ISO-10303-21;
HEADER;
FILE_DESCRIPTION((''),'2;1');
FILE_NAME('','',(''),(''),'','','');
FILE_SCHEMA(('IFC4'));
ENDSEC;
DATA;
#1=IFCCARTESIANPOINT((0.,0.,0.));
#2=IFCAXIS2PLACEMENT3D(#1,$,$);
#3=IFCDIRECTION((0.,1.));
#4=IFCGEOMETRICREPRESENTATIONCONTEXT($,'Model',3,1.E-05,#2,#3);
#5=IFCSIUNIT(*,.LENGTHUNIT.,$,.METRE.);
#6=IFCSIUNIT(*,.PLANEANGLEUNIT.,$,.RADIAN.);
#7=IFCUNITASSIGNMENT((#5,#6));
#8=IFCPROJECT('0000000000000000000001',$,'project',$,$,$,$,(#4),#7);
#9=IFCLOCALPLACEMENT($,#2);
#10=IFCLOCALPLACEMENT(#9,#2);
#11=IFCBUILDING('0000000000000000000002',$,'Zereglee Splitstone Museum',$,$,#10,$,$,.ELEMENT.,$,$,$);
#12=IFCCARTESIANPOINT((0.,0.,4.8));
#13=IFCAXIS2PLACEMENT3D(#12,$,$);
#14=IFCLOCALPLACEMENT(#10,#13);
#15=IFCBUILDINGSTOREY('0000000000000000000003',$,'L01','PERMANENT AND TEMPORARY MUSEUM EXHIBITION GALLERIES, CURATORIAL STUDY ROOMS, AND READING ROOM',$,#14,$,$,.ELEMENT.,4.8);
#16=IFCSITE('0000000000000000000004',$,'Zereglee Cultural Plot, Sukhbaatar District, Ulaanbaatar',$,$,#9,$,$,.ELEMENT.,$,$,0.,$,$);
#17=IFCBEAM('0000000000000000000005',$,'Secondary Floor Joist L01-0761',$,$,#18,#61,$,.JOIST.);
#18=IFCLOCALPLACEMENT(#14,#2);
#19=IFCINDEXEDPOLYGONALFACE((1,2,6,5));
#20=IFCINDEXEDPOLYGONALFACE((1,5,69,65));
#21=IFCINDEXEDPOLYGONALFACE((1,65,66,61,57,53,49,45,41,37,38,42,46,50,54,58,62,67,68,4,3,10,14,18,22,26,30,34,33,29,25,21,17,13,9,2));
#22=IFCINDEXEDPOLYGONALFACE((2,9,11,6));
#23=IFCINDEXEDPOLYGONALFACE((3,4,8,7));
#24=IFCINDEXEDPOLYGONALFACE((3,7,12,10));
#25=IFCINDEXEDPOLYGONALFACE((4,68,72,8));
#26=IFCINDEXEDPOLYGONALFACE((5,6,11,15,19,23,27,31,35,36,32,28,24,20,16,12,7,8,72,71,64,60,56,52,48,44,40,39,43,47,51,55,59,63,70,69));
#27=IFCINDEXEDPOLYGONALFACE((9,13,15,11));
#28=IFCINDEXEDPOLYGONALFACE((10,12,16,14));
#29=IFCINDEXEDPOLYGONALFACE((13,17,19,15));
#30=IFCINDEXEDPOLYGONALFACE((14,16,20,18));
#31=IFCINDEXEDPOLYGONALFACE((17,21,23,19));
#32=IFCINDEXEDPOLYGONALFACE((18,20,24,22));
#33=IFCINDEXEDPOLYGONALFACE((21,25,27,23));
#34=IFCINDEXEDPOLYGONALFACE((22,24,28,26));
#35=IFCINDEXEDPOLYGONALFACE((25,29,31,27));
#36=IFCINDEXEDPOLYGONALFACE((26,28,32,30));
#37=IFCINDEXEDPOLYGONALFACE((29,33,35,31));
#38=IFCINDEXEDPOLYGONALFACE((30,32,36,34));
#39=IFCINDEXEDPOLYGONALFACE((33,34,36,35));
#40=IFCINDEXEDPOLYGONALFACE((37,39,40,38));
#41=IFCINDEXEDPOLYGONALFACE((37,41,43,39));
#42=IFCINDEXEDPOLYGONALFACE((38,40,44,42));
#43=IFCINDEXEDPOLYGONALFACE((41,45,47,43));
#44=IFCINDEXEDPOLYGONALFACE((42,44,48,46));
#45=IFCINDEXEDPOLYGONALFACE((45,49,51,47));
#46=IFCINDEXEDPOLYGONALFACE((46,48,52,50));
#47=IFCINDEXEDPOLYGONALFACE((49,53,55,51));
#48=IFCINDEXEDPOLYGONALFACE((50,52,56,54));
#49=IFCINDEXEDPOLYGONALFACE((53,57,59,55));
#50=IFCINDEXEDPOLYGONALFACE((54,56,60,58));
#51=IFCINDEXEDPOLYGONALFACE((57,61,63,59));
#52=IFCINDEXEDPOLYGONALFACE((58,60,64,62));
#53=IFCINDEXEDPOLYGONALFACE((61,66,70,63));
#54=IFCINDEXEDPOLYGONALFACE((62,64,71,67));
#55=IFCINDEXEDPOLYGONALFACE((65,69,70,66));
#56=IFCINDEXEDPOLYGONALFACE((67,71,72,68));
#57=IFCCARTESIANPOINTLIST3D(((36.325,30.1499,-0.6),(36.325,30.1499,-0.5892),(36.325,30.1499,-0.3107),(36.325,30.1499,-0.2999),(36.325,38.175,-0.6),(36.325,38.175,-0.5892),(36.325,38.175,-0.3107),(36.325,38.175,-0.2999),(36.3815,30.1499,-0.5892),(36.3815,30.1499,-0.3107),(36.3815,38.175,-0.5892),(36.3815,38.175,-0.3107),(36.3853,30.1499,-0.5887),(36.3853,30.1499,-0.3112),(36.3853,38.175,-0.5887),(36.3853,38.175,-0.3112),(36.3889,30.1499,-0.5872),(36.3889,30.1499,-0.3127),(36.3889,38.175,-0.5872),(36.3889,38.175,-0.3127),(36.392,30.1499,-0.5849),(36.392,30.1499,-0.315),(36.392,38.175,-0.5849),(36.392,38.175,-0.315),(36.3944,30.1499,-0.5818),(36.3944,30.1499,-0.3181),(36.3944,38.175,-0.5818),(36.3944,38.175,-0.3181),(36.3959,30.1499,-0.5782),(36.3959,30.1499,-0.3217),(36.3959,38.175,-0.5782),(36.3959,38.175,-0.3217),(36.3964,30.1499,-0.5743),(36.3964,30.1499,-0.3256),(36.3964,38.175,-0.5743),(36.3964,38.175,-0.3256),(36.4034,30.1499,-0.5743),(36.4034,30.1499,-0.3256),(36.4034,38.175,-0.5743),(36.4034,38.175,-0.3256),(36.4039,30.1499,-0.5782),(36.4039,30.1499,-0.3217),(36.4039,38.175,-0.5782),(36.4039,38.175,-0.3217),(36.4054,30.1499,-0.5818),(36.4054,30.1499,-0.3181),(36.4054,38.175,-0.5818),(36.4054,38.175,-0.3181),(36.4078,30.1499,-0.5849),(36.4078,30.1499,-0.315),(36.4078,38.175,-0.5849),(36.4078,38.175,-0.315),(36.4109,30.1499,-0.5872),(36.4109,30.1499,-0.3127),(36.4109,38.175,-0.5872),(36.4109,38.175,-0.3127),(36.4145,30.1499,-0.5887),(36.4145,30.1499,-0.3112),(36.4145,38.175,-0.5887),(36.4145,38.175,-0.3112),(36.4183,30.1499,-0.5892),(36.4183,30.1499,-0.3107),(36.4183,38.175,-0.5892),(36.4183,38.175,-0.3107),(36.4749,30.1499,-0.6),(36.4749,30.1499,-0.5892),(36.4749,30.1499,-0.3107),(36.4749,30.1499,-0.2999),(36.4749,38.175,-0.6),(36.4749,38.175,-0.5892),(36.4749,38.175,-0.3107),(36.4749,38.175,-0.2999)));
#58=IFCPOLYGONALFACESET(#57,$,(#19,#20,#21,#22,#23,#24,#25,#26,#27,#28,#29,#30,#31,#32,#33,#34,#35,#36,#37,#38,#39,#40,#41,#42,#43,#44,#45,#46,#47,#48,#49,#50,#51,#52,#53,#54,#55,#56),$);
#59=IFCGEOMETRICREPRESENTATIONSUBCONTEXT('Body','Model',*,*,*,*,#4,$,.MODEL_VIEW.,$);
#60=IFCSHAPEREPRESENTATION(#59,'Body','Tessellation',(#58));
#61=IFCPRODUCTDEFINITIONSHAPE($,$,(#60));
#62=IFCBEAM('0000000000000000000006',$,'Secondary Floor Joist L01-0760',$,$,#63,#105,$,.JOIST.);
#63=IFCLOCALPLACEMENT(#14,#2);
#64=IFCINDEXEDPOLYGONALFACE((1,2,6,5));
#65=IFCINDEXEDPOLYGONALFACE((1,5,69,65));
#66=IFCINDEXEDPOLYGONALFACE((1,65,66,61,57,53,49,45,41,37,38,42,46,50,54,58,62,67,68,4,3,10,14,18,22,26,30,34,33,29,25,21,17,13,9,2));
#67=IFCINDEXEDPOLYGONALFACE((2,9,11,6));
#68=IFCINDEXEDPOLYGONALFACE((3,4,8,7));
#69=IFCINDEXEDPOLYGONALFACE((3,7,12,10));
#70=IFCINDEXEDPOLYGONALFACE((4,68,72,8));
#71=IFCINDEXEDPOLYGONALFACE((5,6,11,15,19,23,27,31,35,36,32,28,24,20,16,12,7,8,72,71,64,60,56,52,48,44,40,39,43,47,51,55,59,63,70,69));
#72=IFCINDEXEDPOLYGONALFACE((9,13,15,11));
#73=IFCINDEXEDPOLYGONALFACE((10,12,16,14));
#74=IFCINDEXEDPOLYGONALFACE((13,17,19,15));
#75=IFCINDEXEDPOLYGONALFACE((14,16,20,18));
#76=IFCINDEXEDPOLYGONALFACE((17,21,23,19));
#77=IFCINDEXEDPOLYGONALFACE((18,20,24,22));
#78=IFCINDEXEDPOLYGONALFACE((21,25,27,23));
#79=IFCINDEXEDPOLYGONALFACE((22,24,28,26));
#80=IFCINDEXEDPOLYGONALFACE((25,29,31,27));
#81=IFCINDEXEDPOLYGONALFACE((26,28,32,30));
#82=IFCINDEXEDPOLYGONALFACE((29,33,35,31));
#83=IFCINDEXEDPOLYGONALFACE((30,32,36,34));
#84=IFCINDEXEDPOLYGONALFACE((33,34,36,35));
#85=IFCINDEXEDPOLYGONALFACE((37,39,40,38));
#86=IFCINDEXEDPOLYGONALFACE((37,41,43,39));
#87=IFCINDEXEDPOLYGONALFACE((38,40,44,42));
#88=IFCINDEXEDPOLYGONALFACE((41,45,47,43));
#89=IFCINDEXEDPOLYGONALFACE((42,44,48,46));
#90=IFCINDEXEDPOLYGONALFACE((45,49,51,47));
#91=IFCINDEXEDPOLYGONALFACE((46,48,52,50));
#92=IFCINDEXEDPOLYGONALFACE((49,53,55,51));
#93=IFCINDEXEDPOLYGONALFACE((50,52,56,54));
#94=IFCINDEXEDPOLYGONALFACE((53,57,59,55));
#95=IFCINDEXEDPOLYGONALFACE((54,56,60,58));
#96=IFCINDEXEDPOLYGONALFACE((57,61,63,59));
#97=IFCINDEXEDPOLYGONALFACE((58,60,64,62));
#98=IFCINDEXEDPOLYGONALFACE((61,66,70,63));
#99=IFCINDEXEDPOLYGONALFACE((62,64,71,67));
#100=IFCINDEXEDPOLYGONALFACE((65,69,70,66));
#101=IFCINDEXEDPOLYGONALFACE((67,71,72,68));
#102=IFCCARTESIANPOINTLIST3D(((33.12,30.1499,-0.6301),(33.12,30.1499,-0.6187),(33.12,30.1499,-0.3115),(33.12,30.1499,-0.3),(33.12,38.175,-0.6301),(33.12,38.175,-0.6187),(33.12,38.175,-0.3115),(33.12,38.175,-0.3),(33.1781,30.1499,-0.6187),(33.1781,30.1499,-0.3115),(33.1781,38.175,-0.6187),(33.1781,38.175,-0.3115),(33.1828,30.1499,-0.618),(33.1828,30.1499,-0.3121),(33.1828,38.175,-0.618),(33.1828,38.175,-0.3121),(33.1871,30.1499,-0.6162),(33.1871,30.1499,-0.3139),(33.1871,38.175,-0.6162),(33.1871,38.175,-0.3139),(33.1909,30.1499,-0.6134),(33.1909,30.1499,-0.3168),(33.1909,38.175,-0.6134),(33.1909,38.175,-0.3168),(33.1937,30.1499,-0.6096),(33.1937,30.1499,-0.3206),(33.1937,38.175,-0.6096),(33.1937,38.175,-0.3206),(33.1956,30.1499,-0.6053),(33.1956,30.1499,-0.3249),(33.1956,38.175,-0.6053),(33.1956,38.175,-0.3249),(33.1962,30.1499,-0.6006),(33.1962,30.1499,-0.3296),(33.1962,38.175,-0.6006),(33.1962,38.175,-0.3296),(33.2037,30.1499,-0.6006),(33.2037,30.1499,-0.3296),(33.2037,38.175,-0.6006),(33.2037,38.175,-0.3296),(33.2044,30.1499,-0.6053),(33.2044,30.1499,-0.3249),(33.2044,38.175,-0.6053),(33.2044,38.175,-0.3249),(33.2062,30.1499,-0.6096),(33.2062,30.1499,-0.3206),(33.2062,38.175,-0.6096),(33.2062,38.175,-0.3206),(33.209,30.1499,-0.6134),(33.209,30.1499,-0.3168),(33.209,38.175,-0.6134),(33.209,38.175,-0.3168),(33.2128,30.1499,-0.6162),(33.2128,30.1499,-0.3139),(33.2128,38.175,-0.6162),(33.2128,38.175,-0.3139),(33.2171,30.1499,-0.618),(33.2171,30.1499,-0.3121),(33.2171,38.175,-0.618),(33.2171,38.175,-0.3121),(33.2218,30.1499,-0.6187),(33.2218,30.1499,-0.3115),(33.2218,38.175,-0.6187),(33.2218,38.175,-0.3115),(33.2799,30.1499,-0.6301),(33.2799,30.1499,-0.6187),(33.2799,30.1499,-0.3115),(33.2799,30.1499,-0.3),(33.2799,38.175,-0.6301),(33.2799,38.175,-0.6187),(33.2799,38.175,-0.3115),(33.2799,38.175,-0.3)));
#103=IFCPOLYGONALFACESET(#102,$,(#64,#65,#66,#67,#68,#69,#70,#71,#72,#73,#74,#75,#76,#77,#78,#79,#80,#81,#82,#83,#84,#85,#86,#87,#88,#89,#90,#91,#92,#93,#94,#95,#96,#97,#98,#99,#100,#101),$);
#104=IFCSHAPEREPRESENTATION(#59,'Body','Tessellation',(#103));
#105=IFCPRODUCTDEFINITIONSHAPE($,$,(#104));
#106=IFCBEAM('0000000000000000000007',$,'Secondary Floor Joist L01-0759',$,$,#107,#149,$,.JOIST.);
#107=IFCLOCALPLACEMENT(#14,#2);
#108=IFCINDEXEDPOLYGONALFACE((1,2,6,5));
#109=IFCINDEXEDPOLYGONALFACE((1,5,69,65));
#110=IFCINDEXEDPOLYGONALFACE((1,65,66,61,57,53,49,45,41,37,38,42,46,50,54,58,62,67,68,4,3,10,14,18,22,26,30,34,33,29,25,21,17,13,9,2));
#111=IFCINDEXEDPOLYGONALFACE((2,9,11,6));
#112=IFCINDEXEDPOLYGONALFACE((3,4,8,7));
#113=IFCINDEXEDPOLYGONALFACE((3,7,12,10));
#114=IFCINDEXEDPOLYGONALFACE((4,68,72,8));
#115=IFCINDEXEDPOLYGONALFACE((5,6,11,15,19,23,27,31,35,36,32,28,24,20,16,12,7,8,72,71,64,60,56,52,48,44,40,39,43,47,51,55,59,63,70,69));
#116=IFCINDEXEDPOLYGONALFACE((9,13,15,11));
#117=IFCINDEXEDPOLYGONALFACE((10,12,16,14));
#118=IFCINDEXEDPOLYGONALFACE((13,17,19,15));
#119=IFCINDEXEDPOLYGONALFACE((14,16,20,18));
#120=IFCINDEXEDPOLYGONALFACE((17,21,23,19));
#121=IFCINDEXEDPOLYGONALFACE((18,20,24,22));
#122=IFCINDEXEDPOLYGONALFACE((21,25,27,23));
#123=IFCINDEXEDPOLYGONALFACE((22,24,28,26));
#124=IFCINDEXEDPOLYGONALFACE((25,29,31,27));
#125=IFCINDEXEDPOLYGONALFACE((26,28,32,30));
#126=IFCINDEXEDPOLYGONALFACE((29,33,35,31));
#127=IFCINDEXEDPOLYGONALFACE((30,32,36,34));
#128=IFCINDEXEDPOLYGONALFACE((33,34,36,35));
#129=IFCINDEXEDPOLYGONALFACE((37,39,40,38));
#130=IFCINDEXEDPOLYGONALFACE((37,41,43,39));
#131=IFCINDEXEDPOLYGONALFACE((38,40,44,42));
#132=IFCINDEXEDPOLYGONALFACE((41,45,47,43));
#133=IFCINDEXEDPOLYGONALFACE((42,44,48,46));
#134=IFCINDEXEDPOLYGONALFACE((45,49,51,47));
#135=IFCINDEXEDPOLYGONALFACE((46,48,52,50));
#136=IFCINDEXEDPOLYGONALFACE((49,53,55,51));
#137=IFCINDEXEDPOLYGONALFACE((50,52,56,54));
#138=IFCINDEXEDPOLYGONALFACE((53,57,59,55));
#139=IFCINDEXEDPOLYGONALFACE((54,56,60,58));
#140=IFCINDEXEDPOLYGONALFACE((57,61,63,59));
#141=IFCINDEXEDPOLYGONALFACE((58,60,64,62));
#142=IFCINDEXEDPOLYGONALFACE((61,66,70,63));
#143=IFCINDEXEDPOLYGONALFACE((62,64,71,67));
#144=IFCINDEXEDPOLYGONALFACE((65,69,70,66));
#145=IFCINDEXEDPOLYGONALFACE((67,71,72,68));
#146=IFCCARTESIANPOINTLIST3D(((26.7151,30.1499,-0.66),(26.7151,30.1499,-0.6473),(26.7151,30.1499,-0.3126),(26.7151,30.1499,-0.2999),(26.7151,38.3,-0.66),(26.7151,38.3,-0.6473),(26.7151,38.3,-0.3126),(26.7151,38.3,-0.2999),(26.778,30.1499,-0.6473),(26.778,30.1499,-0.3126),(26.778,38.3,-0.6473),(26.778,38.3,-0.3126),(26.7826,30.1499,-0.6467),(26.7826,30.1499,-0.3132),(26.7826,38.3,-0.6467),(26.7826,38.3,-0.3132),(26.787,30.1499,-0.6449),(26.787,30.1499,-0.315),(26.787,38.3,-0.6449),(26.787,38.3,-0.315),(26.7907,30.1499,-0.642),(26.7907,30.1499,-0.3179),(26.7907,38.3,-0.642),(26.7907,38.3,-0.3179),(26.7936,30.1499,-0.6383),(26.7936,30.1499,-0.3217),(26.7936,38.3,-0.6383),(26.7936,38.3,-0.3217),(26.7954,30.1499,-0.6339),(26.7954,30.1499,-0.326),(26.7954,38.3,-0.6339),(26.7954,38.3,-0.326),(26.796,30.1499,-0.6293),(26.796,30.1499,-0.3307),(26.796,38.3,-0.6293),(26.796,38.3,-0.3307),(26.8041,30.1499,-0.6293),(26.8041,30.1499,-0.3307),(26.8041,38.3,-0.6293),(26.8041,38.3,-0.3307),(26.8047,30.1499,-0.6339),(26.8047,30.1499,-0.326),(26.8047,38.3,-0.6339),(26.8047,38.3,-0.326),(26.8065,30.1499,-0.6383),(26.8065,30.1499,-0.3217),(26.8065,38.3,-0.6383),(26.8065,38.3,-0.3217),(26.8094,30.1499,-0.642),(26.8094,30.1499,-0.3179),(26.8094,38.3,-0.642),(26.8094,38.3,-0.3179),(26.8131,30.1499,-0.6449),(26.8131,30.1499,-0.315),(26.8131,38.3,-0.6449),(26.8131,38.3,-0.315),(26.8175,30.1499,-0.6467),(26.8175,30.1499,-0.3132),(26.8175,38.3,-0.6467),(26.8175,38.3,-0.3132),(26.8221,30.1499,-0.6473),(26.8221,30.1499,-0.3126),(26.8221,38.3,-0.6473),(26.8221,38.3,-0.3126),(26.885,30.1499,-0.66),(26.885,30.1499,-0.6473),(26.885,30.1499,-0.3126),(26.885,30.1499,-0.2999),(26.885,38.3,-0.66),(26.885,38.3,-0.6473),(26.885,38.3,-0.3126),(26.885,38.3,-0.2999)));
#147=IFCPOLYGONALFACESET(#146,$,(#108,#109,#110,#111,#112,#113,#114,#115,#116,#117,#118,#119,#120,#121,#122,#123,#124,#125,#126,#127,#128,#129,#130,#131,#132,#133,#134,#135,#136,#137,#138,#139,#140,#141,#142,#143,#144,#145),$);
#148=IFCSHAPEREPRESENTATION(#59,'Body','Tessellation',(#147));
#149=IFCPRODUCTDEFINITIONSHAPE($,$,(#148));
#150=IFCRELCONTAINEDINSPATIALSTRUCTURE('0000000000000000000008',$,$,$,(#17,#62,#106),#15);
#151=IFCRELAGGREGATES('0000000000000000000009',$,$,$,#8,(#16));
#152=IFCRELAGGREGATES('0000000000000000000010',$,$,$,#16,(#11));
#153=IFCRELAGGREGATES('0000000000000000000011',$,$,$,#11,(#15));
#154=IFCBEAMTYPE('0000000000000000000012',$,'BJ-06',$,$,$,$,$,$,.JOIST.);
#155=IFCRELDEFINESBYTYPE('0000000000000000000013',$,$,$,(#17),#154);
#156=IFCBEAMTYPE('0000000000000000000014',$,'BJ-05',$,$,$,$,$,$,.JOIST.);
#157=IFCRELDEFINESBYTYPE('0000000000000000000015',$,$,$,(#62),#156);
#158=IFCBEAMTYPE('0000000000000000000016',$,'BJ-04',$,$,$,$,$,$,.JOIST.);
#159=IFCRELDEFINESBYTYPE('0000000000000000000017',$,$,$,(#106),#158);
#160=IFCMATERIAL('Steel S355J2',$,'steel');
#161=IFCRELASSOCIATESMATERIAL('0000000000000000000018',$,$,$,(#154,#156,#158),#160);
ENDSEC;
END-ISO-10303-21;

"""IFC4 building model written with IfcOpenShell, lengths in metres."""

from ifc_helpers import new_model, si_unit, direction, frame, origin, origin_2d, place, context, subcontext, project, spatial, i_section, extrude, material, material_profile, profile_set, type_object, element, save


model = new_model("IFC4")

# Units and contexts
model_context = context("Model", 3, precision=1e-05, world=origin(), true_north=direction((0.0, 1.0)))
body_context = subcontext(model_context, "Body", "Model", "MODEL_VIEW")
ifc_project = project(units=[si_unit("LENGTHUNIT", "METRE"), si_unit("PLANEANGLEUNIT", "RADIAN")], contexts=[model_context])

# Site, building, storey
site_placement = place(None, origin())
site = spatial("IfcSite", under=ifc_project, at=site_placement, Name="Zereglee Cultural Plot, Sukhbaatar District, Ulaanbaatar", CompositionType="ELEMENT", RefElevation=0.0)
building_placement = place(site_placement, origin())
building = spatial("IfcBuilding", under=site, at=building_placement, Name="Zereglee Splitstone Museum", CompositionType="ELEMENT")
storey_placement = place(building_placement, frame((0.0, 0.0, 4.8)))
storey = spatial("IfcBuildingStorey", under=building, at=storey_placement, Name="L01", Description="PERMANENT AND TEMPORARY MUSEUM EXHIBITION GALLERIES, CURATORIAL STUDY ROOMS, AND READING ROOM", CompositionType="ELEMENT", Elevation=4.8)

# Shared definitions
ifc_material_1 = material(Name="Steel S355J2", Category="steel")

# Beams
ifc_material_profile_1 = material_profile(ifc_material_1, i_section(OverallWidth=0.1499, OverallDepth=0.3, WebThickness=0.0071, FlangeThickness=0.0107, FilletRadius=0.0149, at=origin_2d()), Name="IPE 300")
ifc_profile_set_1 = profile_set([ifc_material_profile_1], Name="Steel S355J2")
beam_type_1 = type_object("IfcBeamType", Name="BJ-06", PredefinedType="JOIST", material=ifc_profile_set_1)
beam_1_placement = place(storey_placement, frame((36.3999, 30.1499, -0.45), z_axis=(0.0, 1.0, 0.0), x_axis=(-1.0, 0.0, 0.0)))
element("IfcBeam", 1, at=beam_1_placement, inside=storey, type_object=beam_type_1, Name="Secondary Floor Joist L01-0761", PredefinedType="JOIST", context=body_context, shape_type="SweptSolid", body=[
    extrude(i_section(OverallWidth=0.1499, OverallDepth=0.3, WebThickness=0.0071, FlangeThickness=0.0107, FilletRadius=0.0149, at=origin_2d()), origin(), (0.0, 0.0, 1.0), 8.0251),
])
ifc_material_profile_2 = material_profile(ifc_material_1, i_section(OverallWidth=0.1599, OverallDepth=0.3301, WebThickness=0.0076, FlangeThickness=0.0115, FilletRadius=0.0181, at=origin_2d()), Name="IPE 330")
ifc_profile_set_2 = profile_set([ifc_material_profile_2], Name="Steel S355J2")
beam_type_2 = type_object("IfcBeamType", Name="BJ-05", PredefinedType="JOIST", material=ifc_profile_set_2)
beam_2_placement = place(storey_placement, frame((33.2, 30.1499, -0.4651), z_axis=(0.0, 1.0, 0.0), x_axis=(-1.0, 0.0, 0.0)))
element("IfcBeam", 2, at=beam_2_placement, inside=storey, type_object=beam_type_2, Name="Secondary Floor Joist L01-0760", PredefinedType="JOIST", context=body_context, shape_type="SweptSolid", body=[
    extrude(i_section(OverallWidth=0.1599, OverallDepth=0.3301, WebThickness=0.0076, FlangeThickness=0.0115, FilletRadius=0.0181, at=origin_2d()), origin(), (0.0, 0.0, 1.0), 8.0251),
])
ifc_material_profile_3 = material_profile(ifc_material_1, i_section(OverallWidth=0.1699, OverallDepth=0.3601, WebThickness=0.0081, FlangeThickness=0.0127, FilletRadius=0.0181, at=origin_2d()), Name="IPE 360")
ifc_profile_set_3 = profile_set([ifc_material_profile_3], Name="Steel S355J2")
beam_type_3 = type_object("IfcBeamType", Name="BJ-04", PredefinedType="JOIST", material=ifc_profile_set_3)
beam_3_placement = place(storey_placement, frame((26.8, 30.1499, -0.48), z_axis=(0.0, 1.0, 0.0), x_axis=(-1.0, 0.0, 0.0)))
element("IfcBeam", 3, at=beam_3_placement, inside=storey, type_object=beam_type_3, Name="Secondary Floor Joist L01-0759", PredefinedType="JOIST", context=body_context, shape_type="SweptSolid", body=[
    extrude(i_section(OverallWidth=0.1699, OverallDepth=0.3601, WebThickness=0.0081, FlangeThickness=0.0127, FilletRadius=0.0181, at=origin_2d()), origin(), (0.0, 0.0, 1.0), 8.1501),
])

save(model, "model.ifc")
